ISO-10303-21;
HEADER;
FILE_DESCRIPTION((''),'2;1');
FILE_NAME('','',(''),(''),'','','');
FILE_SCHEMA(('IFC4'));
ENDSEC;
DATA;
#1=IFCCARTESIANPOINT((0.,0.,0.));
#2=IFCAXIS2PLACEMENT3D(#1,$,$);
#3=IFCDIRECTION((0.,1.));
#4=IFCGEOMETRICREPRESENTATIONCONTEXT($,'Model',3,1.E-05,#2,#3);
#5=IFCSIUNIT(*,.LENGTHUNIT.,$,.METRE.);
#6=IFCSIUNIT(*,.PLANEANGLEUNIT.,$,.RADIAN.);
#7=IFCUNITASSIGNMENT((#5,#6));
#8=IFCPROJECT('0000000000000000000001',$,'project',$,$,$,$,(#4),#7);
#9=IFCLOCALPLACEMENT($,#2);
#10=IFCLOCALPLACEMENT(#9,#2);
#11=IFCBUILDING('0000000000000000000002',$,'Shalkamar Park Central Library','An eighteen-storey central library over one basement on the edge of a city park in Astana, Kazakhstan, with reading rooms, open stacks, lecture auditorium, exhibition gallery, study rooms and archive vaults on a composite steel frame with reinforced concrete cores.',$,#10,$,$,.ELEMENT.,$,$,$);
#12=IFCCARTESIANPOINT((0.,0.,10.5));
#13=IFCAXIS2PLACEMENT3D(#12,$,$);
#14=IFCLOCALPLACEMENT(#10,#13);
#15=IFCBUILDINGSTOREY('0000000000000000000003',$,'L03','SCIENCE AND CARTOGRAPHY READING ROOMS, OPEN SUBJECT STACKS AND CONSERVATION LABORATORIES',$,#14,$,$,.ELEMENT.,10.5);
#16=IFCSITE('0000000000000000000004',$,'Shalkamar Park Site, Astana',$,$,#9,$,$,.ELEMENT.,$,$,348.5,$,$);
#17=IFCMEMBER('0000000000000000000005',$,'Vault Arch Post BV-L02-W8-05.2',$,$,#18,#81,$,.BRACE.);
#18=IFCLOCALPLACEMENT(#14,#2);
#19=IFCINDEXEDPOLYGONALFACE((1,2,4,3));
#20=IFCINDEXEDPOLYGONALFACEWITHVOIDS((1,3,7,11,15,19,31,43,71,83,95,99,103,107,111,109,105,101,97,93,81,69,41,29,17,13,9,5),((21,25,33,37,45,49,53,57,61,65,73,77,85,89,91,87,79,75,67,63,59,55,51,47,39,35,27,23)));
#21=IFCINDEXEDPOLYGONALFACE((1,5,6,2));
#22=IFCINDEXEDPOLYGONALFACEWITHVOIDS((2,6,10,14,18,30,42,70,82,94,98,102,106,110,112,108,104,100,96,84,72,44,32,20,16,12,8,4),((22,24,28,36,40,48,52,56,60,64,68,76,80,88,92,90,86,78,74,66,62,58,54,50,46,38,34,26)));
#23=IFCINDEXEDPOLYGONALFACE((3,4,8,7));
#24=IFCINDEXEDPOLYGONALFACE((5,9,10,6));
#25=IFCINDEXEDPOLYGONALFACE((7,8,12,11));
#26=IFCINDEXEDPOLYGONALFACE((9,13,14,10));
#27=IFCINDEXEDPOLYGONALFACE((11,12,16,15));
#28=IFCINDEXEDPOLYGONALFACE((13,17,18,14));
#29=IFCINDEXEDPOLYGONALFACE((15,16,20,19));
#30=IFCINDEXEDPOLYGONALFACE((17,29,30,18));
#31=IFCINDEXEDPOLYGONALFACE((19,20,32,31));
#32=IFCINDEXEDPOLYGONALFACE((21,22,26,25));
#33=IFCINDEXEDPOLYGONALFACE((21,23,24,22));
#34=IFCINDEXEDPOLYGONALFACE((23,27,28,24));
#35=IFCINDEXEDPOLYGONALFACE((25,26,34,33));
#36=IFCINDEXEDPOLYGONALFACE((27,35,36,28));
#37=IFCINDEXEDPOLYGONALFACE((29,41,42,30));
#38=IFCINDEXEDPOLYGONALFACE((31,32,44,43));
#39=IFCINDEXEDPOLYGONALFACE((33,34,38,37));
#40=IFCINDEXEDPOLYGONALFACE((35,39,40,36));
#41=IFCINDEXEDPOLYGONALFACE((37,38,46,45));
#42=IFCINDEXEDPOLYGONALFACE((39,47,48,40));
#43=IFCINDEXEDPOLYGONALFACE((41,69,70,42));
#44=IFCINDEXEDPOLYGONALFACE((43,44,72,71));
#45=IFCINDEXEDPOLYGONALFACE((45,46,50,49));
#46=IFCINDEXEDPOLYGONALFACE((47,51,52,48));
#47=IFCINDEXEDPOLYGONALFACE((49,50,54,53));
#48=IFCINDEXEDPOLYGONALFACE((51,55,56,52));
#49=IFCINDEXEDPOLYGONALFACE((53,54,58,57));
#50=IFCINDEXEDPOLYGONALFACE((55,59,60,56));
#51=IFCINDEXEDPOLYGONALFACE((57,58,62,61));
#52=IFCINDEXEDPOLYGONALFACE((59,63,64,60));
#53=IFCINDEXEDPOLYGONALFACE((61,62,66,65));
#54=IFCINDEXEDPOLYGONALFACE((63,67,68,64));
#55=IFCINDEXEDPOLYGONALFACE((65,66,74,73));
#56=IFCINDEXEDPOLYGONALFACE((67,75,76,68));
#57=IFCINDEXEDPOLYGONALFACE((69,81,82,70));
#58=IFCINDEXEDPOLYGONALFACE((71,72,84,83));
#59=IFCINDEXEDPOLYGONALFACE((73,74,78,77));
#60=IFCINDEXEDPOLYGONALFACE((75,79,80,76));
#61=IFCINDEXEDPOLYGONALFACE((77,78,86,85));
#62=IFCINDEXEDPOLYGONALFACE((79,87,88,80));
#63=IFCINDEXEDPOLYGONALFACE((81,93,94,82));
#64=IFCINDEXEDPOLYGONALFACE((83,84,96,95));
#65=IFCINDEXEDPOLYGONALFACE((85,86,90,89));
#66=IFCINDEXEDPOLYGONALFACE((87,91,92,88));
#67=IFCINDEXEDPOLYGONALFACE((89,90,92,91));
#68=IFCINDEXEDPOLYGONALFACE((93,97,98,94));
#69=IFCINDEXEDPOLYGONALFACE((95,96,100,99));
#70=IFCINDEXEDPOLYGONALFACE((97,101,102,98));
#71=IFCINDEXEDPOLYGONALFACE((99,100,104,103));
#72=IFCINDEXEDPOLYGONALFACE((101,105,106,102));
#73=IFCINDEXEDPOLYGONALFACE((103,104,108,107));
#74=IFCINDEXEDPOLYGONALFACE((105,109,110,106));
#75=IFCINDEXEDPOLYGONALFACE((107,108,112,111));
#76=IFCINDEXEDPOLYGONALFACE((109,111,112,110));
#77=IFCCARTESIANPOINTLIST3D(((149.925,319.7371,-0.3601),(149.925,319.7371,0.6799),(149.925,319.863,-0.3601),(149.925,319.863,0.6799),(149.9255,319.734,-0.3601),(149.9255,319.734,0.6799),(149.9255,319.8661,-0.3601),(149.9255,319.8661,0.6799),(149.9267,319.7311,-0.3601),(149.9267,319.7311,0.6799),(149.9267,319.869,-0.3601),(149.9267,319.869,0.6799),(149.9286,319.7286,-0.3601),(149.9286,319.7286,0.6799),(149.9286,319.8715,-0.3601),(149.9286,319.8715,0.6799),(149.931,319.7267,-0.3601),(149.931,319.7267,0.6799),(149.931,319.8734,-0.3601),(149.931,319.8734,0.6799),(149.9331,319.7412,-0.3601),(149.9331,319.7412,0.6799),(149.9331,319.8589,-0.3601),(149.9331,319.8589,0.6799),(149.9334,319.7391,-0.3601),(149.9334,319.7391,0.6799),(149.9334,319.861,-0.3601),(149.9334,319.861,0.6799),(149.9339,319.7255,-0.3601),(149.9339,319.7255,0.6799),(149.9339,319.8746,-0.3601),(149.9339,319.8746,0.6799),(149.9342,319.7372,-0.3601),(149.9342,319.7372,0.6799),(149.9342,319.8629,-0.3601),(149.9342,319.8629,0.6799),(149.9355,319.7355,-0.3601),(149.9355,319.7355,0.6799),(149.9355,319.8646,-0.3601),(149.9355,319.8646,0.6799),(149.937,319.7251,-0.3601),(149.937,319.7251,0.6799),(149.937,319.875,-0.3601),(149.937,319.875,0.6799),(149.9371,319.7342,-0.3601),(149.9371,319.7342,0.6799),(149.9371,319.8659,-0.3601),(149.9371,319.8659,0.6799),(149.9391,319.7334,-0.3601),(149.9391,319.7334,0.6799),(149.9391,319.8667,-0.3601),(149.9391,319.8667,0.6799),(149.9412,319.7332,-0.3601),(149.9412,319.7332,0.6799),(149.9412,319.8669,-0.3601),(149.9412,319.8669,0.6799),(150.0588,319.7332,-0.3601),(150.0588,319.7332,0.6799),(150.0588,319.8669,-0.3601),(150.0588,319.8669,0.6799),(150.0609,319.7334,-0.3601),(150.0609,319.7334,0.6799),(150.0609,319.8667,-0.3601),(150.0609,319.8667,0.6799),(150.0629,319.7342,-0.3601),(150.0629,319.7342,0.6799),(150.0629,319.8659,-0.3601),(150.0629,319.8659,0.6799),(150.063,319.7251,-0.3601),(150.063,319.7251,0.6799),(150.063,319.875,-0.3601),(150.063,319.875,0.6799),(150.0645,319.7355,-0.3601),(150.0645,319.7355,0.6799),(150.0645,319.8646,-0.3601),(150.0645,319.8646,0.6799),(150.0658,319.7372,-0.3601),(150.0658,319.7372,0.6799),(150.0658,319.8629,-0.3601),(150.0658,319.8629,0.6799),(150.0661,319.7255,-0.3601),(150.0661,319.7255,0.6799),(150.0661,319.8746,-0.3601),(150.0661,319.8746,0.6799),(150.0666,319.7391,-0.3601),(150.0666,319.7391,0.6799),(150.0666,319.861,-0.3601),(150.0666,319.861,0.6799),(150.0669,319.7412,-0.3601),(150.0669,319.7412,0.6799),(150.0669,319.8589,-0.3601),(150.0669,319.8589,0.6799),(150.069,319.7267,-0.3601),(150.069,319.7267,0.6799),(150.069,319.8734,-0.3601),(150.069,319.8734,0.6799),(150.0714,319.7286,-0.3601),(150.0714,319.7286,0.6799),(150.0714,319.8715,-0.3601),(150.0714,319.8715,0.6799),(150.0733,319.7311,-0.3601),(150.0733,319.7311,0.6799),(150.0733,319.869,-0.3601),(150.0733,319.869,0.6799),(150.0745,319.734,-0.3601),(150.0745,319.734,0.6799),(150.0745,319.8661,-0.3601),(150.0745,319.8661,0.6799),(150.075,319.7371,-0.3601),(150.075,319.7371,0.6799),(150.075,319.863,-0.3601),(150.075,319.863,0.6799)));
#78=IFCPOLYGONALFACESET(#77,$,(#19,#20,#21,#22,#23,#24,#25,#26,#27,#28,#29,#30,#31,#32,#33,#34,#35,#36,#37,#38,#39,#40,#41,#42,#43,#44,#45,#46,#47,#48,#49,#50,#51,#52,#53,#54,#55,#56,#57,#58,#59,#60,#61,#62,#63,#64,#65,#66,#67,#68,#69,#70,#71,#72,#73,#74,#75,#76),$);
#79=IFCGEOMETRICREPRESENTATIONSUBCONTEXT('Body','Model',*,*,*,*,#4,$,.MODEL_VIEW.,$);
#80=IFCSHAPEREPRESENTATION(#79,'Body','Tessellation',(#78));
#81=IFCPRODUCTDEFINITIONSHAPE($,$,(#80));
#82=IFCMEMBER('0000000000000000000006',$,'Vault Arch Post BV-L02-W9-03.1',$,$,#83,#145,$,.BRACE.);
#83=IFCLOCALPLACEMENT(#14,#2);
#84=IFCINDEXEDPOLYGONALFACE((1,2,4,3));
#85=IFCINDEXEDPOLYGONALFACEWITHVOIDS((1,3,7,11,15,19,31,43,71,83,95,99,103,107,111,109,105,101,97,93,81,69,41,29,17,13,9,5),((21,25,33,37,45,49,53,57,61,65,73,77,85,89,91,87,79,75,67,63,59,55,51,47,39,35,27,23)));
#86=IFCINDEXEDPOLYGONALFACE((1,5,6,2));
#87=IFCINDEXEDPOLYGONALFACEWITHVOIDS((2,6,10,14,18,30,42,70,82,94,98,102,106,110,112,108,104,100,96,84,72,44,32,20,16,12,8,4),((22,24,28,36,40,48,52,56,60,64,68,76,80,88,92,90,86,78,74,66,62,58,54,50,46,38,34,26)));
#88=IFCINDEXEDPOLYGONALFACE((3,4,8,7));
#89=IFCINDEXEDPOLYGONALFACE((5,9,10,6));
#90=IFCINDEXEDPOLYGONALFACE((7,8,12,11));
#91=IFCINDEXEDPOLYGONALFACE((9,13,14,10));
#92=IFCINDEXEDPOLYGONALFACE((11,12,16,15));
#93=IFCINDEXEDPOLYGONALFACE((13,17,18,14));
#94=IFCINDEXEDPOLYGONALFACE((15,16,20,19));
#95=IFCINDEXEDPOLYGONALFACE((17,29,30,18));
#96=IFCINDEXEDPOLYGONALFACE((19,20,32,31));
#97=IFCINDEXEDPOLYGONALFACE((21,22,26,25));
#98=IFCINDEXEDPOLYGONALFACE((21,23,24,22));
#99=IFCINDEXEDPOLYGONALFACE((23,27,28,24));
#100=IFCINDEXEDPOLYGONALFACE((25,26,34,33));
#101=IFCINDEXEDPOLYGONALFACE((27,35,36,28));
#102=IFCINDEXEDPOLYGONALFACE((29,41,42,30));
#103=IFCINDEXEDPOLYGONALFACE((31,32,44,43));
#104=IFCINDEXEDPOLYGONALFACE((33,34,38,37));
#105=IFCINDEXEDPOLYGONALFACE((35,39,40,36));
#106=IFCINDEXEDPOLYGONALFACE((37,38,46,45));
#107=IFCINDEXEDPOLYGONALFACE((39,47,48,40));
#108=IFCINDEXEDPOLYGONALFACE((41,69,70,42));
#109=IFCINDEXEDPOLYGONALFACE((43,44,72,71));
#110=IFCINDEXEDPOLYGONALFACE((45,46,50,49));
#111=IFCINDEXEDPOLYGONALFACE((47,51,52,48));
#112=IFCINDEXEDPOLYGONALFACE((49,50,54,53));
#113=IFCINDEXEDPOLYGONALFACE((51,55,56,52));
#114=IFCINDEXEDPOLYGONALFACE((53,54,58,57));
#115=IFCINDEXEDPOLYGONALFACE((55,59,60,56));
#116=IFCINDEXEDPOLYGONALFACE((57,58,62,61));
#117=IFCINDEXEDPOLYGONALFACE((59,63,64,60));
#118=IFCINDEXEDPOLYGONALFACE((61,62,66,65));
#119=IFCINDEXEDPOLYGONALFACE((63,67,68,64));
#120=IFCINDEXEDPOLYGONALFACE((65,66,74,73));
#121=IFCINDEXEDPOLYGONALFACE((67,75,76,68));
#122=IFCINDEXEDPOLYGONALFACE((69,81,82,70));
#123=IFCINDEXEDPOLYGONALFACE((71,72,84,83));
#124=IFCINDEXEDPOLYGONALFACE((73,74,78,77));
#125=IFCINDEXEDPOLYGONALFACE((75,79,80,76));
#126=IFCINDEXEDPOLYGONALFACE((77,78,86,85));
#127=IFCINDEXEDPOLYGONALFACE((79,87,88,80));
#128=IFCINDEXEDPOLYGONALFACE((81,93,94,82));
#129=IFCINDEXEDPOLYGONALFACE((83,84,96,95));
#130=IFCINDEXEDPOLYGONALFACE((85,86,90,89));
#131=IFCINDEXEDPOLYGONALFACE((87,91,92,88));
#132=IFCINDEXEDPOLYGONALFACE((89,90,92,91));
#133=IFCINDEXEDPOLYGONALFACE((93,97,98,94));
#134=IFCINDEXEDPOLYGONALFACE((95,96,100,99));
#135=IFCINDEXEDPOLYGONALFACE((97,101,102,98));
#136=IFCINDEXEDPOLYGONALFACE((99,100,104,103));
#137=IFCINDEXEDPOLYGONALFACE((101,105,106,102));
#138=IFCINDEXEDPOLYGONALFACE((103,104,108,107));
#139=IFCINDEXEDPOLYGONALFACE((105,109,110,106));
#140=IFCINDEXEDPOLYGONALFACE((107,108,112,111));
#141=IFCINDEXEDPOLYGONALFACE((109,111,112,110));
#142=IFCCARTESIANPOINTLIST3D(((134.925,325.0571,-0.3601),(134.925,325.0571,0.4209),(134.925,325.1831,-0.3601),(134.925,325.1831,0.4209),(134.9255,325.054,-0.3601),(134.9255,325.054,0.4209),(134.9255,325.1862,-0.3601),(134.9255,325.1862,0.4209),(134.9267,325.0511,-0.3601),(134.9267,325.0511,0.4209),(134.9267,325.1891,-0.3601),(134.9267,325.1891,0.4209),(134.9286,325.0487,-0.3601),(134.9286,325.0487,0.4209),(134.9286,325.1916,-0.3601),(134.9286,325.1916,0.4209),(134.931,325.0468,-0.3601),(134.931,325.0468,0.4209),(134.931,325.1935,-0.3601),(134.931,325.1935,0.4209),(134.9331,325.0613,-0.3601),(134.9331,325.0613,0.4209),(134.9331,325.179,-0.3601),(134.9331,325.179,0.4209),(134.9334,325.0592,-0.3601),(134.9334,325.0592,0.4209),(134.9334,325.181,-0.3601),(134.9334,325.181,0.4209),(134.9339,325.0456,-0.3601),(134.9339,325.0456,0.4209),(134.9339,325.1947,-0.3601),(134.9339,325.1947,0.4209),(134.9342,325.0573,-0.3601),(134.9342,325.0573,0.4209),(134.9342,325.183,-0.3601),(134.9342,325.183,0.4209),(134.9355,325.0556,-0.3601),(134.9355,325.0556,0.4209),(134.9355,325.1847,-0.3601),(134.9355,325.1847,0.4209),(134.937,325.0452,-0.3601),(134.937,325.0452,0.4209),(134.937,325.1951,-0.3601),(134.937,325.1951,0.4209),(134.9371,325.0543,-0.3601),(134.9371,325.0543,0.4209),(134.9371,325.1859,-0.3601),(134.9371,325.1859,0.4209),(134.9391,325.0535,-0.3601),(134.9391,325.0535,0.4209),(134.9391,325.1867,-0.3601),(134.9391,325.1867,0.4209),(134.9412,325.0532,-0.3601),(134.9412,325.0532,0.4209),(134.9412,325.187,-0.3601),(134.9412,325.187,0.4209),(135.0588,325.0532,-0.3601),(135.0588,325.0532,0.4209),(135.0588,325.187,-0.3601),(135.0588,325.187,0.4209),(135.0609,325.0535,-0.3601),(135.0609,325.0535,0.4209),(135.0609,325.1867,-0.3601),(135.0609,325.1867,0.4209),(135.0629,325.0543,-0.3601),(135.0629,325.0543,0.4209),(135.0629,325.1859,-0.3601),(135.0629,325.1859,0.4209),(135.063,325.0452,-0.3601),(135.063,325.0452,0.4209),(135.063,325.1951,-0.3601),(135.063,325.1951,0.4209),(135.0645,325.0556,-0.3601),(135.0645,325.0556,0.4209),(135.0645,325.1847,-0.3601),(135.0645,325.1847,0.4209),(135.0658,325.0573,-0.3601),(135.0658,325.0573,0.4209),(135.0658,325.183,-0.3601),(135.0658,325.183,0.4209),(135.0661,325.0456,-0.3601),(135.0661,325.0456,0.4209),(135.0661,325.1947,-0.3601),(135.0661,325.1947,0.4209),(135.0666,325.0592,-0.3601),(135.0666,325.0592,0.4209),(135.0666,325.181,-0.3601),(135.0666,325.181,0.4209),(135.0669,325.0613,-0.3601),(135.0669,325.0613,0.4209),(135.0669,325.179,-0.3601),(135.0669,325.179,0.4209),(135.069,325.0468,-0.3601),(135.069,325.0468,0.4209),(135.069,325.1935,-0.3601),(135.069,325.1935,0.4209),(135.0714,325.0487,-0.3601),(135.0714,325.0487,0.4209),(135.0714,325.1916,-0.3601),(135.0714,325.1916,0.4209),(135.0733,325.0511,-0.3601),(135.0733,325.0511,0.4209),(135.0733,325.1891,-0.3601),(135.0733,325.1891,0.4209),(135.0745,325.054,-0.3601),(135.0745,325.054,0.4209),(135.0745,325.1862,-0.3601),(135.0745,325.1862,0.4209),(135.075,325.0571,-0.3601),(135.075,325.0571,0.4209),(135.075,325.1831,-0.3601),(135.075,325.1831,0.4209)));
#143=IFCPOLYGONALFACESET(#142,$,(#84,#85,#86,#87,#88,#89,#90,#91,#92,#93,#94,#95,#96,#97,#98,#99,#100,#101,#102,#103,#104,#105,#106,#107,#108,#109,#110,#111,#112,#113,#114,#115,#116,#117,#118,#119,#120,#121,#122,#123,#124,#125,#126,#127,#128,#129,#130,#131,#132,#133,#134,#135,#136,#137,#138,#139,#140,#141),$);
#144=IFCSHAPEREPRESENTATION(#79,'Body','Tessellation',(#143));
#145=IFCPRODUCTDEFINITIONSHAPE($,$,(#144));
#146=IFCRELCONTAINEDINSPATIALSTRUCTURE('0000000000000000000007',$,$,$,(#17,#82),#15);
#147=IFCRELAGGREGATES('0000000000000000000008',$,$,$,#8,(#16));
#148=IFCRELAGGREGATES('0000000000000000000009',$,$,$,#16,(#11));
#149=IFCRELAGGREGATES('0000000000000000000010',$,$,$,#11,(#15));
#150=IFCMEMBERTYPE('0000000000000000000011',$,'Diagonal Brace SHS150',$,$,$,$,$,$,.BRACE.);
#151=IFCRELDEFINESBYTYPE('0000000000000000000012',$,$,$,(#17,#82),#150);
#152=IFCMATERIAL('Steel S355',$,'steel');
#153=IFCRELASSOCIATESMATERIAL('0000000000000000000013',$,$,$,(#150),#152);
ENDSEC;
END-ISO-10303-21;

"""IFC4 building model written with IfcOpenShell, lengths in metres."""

from ifc_helpers import new_model, si_unit, direction, frame, origin, origin_2d, place, context, subcontext, project, spatial, hollow_rectangle, extrude, material, material_profile, profile_set, type_object, element, save


model = new_model("IFC4")

# Units and contexts
model_context = context("Model", 3, precision=1e-05, world=origin(), true_north=direction((0.0, 1.0)))
body_context = subcontext(model_context, "Body", "Model", "MODEL_VIEW")
ifc_project = project(units=[si_unit("LENGTHUNIT", "METRE"), si_unit("PLANEANGLEUNIT", "RADIAN")], contexts=[model_context])

# Site, building, storey
site_placement = place(None, origin())
site = spatial("IfcSite", under=ifc_project, at=site_placement, Name="Shalkamar Park Site, Astana", CompositionType="ELEMENT", RefElevation=348.5)
building_placement = place(site_placement, origin())
building = spatial("IfcBuilding", under=site, at=building_placement, Name="Shalkamar Park Central Library", Description="An eighteen-storey central library over one basement on the edge of a city park in Astana, Kazakhstan, with reading rooms, open stacks, lecture auditorium, exhibition gallery, study rooms and archive vaults on a composite steel frame with reinforced concrete cores.", CompositionType="ELEMENT")
storey_placement = place(building_placement, frame((0.0, 0.0, 10.5)))
storey = spatial("IfcBuildingStorey", under=building, at=storey_placement, Name="L03", Description="SCIENCE AND CARTOGRAPHY READING ROOMS, OPEN SUBJECT STACKS AND CONSERVATION LABORATORIES", CompositionType="ELEMENT", Elevation=10.5)

# Members
ifc_material_1 = material(Name="Steel S355", Category="steel")
ifc_material_profile_1 = material_profile(ifc_material_1, hollow_rectangle(XDim=0.1499, YDim=0.1499, WallThickness=0.0081, InnerFilletRadius=0.0081, OuterFilletRadius=0.012, at=origin_2d()), Name="SHS 150x150x8")
ifc_profile_set_1 = profile_set([ifc_material_profile_1], Name="Steel S355")
member_type_1 = type_object("IfcMemberType", Name="Diagonal Brace SHS150", PredefinedType="BRACE", material=ifc_profile_set_1)
member_1_placement = place(storey_placement, frame((150.0, 319.8, -0.3601), z_axis=(0.0, 0.0, 1.0), x_axis=(1.0, 0.0, 0.0)))
element("IfcMember", 1, at=member_1_placement, inside=storey, type_object=member_type_1, Name="Vault Arch Post BV-L02-W8-05.2", PredefinedType="BRACE", context=body_context, shape_type="SweptSolid", body=[
    extrude(hollow_rectangle(XDim=0.1499, YDim=0.1499, WallThickness=0.0081, InnerFilletRadius=0.0081, OuterFilletRadius=0.012, at=origin_2d()), origin(), (0.0, 0.0, 1.0), 1.04),
])
for number, where, z_axis, x_axis, name in (
    (2, (135.0, 325.1201, -0.3601), (0.0, 0.0, 1.0), (1.0, 0.0, 0.0), "Vault Arch Post BV-L02-W9-03.1"),
):
    element("IfcMember", number, at=place(storey_placement, frame(where, z_axis=z_axis, x_axis=x_axis)), inside=storey, type_object=member_type_1, Name=name, PredefinedType="BRACE", context=body_context, shape_type="SweptSolid", body=[
        extrude(hollow_rectangle(XDim=0.1499, YDim=0.1499, WallThickness=0.0081, InnerFilletRadius=0.0081, OuterFilletRadius=0.012, at=origin_2d()), origin(), (0.0, 0.0, 1.0), 0.781),
    ])

save(model, "model.ifc")
